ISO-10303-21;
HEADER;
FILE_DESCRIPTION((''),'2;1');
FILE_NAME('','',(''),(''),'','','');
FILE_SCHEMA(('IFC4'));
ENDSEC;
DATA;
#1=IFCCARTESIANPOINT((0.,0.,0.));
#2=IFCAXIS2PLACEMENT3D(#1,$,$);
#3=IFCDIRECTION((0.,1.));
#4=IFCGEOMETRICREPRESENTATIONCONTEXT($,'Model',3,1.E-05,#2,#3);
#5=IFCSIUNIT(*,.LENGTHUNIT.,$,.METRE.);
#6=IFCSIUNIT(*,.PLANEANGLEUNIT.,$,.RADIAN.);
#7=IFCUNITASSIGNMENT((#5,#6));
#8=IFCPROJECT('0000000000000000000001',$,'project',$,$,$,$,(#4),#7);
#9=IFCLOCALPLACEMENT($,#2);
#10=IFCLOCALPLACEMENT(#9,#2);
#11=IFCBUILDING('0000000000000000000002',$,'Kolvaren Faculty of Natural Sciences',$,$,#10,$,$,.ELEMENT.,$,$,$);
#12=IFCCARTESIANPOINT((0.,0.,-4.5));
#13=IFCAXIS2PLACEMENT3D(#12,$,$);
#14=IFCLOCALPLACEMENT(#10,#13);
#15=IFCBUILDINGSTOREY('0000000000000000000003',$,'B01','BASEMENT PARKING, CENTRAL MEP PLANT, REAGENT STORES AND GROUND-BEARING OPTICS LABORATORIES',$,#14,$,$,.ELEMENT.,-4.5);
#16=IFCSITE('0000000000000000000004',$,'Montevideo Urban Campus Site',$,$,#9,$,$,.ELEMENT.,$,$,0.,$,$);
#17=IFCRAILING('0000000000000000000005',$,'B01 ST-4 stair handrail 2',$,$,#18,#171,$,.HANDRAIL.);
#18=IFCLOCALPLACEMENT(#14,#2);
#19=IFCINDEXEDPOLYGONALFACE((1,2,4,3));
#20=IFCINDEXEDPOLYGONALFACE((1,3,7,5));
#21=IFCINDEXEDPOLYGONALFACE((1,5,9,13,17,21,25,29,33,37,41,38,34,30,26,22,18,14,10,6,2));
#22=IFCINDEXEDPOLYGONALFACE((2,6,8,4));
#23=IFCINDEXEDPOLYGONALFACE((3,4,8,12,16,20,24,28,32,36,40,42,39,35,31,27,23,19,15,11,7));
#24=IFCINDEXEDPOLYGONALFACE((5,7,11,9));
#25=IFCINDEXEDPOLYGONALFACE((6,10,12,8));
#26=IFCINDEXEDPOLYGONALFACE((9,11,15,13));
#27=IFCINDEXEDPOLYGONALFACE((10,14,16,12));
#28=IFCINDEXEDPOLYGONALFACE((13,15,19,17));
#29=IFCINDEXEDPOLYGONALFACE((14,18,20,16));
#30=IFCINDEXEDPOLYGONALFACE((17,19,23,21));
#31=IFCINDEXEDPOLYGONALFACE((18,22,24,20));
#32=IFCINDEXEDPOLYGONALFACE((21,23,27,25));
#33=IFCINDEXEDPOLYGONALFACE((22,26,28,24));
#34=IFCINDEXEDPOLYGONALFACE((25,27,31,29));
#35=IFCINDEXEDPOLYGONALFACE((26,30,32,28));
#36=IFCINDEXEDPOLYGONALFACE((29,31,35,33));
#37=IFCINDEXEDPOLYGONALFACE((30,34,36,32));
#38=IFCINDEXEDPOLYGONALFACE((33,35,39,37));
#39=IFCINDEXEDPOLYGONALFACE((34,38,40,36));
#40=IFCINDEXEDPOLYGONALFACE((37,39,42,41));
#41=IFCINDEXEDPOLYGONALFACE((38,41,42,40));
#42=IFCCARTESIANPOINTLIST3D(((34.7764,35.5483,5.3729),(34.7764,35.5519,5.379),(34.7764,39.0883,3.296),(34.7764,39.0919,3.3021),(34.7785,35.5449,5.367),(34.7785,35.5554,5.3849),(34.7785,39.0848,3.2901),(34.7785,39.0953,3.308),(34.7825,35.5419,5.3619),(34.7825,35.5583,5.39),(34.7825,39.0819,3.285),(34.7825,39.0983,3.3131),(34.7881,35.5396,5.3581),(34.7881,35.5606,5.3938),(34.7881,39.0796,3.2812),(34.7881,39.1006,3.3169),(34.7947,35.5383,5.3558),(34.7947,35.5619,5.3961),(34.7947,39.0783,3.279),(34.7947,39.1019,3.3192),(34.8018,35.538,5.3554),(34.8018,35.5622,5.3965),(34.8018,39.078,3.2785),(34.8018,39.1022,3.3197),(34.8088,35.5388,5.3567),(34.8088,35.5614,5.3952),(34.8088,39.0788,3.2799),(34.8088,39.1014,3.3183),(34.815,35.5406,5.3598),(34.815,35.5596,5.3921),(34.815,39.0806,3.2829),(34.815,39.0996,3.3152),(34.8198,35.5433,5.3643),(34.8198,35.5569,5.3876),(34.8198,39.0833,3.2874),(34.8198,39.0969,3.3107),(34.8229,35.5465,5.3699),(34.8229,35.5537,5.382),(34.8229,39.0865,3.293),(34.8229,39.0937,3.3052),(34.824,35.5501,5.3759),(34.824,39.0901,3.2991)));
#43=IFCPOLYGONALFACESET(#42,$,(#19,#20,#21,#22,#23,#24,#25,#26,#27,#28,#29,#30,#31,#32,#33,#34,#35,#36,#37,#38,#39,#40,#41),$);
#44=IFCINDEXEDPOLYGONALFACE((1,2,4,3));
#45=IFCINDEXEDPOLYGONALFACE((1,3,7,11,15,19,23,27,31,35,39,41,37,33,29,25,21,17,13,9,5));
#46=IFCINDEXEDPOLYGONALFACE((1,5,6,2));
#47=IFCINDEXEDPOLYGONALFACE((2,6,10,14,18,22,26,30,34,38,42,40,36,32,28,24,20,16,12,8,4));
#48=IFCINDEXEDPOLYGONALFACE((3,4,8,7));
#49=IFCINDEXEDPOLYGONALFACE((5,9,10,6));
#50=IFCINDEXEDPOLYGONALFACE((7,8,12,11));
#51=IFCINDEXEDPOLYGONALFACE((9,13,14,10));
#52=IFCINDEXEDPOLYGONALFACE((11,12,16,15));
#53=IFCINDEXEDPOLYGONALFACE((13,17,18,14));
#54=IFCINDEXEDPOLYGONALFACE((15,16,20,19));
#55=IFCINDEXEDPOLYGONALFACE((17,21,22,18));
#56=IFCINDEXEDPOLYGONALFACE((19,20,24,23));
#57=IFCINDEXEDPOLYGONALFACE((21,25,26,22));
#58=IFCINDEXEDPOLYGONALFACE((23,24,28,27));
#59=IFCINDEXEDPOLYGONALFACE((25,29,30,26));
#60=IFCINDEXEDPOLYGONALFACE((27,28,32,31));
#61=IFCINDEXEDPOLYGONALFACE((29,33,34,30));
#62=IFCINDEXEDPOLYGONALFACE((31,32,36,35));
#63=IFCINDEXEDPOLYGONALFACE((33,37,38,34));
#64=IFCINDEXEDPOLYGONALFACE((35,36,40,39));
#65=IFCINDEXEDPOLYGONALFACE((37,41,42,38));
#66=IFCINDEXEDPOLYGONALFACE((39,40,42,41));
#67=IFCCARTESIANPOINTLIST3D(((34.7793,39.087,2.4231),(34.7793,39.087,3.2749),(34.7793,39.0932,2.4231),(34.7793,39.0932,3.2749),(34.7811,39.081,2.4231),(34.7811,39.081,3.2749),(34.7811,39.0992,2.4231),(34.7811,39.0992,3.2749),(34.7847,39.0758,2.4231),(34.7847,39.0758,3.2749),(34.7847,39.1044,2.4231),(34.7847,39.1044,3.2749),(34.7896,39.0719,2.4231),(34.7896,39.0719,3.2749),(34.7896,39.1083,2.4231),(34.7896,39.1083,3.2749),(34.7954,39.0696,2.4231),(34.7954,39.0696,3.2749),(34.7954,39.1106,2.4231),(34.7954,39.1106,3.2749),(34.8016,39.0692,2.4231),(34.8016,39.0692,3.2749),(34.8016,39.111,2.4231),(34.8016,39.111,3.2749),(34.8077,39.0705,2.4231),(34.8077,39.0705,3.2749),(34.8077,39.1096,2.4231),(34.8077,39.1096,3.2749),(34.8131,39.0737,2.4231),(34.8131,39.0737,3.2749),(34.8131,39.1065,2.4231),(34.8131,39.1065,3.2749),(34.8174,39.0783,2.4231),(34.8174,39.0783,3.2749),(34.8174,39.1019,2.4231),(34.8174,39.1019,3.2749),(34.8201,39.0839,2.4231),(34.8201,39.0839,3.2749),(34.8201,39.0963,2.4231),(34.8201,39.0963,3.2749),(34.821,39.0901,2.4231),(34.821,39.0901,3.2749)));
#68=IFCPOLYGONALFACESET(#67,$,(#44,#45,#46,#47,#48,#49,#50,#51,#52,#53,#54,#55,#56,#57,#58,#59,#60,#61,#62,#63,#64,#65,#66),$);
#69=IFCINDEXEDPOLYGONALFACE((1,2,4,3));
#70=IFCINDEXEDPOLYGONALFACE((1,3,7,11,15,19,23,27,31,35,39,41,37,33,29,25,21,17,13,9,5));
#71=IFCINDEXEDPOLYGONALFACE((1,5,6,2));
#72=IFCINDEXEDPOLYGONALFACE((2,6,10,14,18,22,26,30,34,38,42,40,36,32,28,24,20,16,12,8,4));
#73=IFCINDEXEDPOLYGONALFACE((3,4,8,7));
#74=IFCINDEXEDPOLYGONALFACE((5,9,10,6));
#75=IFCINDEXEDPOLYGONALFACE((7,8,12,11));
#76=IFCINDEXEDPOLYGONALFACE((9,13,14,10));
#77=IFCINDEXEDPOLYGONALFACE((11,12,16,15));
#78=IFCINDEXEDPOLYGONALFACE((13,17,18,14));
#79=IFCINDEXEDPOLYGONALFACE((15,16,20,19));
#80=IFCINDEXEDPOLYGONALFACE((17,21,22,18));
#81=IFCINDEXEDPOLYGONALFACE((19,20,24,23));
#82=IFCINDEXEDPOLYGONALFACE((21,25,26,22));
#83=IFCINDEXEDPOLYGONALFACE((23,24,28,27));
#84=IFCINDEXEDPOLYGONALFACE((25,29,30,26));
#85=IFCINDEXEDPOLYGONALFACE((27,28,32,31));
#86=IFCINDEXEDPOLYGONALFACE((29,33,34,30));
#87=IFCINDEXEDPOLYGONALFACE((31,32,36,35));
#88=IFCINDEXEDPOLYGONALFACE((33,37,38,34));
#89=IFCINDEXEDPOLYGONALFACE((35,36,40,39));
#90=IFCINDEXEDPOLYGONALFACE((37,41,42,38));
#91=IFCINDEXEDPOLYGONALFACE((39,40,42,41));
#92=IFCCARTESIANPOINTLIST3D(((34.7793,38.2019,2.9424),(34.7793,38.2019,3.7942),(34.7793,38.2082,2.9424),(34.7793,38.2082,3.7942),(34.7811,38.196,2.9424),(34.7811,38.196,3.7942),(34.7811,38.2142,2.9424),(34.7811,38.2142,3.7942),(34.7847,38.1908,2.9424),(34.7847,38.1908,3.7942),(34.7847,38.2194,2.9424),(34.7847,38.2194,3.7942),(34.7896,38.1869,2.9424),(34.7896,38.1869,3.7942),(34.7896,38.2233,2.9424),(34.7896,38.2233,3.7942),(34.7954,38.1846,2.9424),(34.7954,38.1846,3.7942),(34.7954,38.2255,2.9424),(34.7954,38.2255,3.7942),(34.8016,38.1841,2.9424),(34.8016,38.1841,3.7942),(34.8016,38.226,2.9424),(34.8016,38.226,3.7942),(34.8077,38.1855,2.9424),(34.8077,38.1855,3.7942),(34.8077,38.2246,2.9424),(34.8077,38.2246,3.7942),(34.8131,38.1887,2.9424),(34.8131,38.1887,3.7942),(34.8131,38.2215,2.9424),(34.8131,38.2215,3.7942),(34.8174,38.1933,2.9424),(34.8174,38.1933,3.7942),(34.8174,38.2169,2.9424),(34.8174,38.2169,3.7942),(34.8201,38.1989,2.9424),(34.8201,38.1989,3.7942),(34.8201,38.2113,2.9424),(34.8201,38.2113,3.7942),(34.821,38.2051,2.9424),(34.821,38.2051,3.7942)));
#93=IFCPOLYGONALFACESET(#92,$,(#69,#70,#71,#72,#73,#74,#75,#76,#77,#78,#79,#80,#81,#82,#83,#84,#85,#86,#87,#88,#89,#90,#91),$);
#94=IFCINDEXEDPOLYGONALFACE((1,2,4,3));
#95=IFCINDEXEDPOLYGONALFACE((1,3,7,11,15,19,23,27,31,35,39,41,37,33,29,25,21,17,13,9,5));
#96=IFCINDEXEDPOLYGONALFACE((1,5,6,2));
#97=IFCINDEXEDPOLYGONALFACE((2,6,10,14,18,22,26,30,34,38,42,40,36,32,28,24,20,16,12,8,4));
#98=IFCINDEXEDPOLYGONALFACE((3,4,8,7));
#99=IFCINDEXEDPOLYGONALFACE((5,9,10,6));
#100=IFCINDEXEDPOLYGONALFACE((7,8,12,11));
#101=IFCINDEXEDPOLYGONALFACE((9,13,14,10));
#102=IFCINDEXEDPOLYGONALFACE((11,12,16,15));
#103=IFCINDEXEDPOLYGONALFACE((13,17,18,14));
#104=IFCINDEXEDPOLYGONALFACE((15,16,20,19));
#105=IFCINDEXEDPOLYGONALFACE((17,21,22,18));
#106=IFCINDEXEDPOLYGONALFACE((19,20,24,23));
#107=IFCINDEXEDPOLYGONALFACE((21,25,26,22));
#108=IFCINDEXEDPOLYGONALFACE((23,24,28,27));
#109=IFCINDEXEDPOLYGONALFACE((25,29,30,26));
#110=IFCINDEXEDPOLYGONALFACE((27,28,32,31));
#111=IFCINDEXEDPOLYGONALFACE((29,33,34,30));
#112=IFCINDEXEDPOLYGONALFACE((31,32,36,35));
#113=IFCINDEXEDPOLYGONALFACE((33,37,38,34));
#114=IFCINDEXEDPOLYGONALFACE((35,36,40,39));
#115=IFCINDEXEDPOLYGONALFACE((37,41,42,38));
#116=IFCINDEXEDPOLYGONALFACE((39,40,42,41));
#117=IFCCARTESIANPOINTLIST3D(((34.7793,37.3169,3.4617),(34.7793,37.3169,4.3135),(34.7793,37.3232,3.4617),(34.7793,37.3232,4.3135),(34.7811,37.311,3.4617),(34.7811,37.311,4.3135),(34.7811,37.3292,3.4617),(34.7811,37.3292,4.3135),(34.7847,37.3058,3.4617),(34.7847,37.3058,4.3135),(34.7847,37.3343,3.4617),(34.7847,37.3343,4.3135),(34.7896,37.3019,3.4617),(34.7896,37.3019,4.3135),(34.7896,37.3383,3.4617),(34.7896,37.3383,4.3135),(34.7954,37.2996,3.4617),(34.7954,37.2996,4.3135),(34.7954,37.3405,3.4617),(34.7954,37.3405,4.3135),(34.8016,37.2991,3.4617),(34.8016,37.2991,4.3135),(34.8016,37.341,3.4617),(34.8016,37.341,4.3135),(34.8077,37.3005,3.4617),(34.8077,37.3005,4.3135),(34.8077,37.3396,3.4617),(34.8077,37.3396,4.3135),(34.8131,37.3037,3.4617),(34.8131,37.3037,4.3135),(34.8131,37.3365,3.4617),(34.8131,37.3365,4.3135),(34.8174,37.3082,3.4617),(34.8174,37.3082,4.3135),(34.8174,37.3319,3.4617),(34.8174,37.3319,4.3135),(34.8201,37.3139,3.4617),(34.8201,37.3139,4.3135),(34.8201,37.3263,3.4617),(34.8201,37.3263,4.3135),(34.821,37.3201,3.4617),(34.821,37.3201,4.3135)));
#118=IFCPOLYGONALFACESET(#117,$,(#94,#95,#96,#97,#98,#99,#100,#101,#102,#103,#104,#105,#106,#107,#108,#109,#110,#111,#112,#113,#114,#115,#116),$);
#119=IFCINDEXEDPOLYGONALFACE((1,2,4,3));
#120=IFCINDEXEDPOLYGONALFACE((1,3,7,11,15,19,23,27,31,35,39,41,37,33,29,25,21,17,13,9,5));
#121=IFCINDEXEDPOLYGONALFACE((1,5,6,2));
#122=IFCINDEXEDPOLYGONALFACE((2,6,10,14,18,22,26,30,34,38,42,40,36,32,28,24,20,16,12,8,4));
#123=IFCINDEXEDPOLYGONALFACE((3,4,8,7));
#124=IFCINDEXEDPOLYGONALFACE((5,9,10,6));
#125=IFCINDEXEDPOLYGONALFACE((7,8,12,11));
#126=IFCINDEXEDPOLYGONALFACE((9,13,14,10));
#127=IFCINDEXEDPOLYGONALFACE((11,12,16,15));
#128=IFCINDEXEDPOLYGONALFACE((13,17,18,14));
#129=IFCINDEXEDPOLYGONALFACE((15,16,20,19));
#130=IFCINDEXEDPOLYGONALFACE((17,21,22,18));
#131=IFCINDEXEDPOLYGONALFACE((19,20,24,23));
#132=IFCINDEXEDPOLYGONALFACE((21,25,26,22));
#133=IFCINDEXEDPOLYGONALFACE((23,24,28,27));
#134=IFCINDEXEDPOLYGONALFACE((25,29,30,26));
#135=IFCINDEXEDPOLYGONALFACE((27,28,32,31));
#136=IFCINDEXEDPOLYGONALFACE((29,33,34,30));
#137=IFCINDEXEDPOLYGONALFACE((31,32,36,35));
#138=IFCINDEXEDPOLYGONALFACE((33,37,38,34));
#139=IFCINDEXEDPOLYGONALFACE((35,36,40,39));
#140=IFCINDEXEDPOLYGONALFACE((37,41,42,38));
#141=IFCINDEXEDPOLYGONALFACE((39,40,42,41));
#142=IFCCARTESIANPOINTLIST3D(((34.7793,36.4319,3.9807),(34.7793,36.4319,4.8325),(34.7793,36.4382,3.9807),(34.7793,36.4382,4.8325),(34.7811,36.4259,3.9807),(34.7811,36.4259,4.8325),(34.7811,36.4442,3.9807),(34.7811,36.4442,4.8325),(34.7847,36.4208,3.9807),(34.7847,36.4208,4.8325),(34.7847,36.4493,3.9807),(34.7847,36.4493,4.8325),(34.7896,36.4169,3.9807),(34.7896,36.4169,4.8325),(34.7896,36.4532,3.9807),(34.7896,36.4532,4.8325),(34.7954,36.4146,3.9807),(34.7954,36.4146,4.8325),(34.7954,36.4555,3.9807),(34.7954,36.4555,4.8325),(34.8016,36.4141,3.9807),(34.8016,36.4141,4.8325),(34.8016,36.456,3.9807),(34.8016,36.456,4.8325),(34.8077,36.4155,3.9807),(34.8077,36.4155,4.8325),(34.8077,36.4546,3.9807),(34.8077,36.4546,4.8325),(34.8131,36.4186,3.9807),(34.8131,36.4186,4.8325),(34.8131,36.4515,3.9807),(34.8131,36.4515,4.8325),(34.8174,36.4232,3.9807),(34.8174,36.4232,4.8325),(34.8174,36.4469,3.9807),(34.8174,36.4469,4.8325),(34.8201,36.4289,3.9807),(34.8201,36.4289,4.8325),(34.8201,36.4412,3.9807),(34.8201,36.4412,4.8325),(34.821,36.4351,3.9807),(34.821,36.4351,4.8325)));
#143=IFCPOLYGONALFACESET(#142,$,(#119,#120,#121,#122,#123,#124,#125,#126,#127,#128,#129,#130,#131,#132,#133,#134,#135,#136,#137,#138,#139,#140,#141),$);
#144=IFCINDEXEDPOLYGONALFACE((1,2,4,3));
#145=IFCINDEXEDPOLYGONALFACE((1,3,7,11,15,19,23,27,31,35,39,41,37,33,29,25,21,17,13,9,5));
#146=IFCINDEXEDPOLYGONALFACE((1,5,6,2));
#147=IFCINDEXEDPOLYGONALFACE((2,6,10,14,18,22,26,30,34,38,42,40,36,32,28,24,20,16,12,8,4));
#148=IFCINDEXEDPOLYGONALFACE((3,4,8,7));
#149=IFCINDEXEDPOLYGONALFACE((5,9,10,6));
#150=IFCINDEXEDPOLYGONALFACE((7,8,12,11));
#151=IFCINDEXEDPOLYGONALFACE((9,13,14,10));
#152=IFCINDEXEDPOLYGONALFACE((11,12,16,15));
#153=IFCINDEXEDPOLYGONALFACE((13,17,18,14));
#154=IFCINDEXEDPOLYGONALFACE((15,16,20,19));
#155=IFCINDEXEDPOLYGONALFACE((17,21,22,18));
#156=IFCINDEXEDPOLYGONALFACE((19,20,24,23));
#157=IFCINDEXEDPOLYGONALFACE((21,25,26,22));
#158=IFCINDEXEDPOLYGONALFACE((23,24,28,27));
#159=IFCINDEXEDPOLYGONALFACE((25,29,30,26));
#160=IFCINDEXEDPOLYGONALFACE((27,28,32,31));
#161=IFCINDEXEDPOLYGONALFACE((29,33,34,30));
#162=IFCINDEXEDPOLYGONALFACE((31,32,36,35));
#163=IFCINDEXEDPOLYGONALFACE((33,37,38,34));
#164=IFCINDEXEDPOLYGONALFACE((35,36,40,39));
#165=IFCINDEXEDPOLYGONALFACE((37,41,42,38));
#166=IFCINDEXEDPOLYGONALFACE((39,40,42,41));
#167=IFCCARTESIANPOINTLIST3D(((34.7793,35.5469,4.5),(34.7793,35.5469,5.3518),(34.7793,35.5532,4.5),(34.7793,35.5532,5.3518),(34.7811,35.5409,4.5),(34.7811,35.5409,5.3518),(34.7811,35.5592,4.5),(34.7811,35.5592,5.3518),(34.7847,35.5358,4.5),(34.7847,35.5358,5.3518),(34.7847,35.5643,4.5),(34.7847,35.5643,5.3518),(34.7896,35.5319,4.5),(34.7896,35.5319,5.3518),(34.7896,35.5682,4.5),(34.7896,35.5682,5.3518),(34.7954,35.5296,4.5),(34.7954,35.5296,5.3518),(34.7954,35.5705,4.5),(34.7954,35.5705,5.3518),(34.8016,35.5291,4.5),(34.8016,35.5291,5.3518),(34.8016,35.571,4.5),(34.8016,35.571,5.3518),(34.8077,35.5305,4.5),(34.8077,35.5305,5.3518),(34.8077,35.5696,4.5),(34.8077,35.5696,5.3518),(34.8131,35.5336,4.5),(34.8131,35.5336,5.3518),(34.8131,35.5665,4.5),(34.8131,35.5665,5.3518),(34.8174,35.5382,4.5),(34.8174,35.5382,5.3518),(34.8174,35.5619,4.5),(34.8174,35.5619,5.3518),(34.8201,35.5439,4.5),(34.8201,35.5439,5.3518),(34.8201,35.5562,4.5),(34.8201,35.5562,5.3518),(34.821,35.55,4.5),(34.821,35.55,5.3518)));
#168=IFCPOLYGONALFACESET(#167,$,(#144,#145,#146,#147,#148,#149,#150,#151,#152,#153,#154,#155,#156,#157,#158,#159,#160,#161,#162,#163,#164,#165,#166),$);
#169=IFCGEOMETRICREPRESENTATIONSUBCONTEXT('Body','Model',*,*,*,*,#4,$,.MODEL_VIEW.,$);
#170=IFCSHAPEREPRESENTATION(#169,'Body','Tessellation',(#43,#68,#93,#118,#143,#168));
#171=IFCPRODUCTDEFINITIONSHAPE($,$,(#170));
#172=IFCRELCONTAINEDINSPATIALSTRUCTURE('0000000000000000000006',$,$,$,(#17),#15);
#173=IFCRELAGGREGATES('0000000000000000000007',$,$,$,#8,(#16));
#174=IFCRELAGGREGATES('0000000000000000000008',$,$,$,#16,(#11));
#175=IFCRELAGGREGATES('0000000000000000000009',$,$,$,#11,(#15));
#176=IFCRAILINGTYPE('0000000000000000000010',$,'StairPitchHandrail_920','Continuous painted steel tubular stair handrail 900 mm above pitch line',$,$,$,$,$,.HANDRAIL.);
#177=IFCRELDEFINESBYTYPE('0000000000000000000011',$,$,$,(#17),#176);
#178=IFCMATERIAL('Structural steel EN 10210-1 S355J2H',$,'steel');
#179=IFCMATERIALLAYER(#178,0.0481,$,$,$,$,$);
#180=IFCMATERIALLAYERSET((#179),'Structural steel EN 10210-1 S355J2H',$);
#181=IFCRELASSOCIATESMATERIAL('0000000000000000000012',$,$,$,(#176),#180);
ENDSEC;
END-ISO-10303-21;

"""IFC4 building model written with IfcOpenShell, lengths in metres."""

from ifc_helpers import new_model, si_unit, direction, frame, origin, origin_2d, place, context, subcontext, project, spatial, circle, extrude, material, layer, layer_set, type_object, element, save


model = new_model("IFC4")

# Units and contexts
model_context = context("Model", 3, precision=1e-05, world=origin(), true_north=direction((0.0, 1.0)))
body_context = subcontext(model_context, "Body", "Model", "MODEL_VIEW")
ifc_project = project(units=[si_unit("LENGTHUNIT", "METRE"), si_unit("PLANEANGLEUNIT", "RADIAN")], contexts=[model_context])

# Site, building, storey
site_placement = place(None, origin())
site = spatial("IfcSite", under=ifc_project, at=site_placement, Name="Montevideo Urban Campus Site", CompositionType="ELEMENT", RefElevation=0.0)
building_placement = place(site_placement, origin())
building = spatial("IfcBuilding", under=site, at=building_placement, Name="Kolvaren Faculty of Natural Sciences", CompositionType="ELEMENT")
storey_placement = place(building_placement, frame((0.0, 0.0, -4.5)))
storey = spatial("IfcBuildingStorey", under=building, at=storey_placement, Name="B01", Description="BASEMENT PARKING, CENTRAL MEP PLANT, REAGENT STORES AND GROUND-BEARING OPTICS LABORATORIES", CompositionType="ELEMENT", Elevation=-4.5)

# Railing
ifc_material_1 = material(Name="Structural steel EN 10210-1 S355J2H", Category="steel")
ifc_layer_1 = layer(ifc_material_1, 0.0481)
ifc_layer_set_1 = layer_set([ifc_layer_1], Name="Structural steel EN 10210-1 S355J2H")
railing_type_1 = type_object("IfcRailingType", Name="StairPitchHandrail_920", Description="Continuous painted steel tubular stair handrail 900 mm above pitch line", PredefinedType="HANDRAIL", material=ifc_layer_set_1)
railing_1_placement = place(storey_placement, frame((34.8, 39.0901, 2.4231)))
element("IfcRailing", 1, at=railing_1_placement, inside=storey, type_object=railing_type_1, Name="B01 ST-4 stair handrail 2", PredefinedType="HANDRAIL", context=body_context, shape_type="SweptSolid", body=[
    extrude(circle(Radius=0.0239, at=origin_2d()), frame((0.0, 0.0, 0.876), z_axis=(0.0, -0.862516, 0.506029), x_axis=(1.0, 0.0, 0.0)), (0.0, 0.0, 1.0), 4.1042),
    extrude(circle(Radius=0.021, at=origin_2d()), origin(), (0.0, 0.0, 1.0), 0.8518),
    extrude(circle(Radius=0.021, at=origin_2d()), frame((0.0, -0.885, 0.5193)), (0.0, 0.0, 1.0), 0.8518),
    extrude(circle(Radius=0.021, at=origin_2d()), frame((0.0, -1.77, 1.0386)), (0.0, 0.0, 1.0), 0.8518),
    extrude(circle(Radius=0.021, at=origin_2d()), frame((0.0, -2.655, 1.5576)), (0.0, 0.0, 1.0), 0.8518),
    extrude(circle(Radius=0.021, at=origin_2d()), frame((0.0, -3.54, 2.0769)), (0.0, 0.0, 1.0), 0.8518),
])

save(model, "model.ifc")
